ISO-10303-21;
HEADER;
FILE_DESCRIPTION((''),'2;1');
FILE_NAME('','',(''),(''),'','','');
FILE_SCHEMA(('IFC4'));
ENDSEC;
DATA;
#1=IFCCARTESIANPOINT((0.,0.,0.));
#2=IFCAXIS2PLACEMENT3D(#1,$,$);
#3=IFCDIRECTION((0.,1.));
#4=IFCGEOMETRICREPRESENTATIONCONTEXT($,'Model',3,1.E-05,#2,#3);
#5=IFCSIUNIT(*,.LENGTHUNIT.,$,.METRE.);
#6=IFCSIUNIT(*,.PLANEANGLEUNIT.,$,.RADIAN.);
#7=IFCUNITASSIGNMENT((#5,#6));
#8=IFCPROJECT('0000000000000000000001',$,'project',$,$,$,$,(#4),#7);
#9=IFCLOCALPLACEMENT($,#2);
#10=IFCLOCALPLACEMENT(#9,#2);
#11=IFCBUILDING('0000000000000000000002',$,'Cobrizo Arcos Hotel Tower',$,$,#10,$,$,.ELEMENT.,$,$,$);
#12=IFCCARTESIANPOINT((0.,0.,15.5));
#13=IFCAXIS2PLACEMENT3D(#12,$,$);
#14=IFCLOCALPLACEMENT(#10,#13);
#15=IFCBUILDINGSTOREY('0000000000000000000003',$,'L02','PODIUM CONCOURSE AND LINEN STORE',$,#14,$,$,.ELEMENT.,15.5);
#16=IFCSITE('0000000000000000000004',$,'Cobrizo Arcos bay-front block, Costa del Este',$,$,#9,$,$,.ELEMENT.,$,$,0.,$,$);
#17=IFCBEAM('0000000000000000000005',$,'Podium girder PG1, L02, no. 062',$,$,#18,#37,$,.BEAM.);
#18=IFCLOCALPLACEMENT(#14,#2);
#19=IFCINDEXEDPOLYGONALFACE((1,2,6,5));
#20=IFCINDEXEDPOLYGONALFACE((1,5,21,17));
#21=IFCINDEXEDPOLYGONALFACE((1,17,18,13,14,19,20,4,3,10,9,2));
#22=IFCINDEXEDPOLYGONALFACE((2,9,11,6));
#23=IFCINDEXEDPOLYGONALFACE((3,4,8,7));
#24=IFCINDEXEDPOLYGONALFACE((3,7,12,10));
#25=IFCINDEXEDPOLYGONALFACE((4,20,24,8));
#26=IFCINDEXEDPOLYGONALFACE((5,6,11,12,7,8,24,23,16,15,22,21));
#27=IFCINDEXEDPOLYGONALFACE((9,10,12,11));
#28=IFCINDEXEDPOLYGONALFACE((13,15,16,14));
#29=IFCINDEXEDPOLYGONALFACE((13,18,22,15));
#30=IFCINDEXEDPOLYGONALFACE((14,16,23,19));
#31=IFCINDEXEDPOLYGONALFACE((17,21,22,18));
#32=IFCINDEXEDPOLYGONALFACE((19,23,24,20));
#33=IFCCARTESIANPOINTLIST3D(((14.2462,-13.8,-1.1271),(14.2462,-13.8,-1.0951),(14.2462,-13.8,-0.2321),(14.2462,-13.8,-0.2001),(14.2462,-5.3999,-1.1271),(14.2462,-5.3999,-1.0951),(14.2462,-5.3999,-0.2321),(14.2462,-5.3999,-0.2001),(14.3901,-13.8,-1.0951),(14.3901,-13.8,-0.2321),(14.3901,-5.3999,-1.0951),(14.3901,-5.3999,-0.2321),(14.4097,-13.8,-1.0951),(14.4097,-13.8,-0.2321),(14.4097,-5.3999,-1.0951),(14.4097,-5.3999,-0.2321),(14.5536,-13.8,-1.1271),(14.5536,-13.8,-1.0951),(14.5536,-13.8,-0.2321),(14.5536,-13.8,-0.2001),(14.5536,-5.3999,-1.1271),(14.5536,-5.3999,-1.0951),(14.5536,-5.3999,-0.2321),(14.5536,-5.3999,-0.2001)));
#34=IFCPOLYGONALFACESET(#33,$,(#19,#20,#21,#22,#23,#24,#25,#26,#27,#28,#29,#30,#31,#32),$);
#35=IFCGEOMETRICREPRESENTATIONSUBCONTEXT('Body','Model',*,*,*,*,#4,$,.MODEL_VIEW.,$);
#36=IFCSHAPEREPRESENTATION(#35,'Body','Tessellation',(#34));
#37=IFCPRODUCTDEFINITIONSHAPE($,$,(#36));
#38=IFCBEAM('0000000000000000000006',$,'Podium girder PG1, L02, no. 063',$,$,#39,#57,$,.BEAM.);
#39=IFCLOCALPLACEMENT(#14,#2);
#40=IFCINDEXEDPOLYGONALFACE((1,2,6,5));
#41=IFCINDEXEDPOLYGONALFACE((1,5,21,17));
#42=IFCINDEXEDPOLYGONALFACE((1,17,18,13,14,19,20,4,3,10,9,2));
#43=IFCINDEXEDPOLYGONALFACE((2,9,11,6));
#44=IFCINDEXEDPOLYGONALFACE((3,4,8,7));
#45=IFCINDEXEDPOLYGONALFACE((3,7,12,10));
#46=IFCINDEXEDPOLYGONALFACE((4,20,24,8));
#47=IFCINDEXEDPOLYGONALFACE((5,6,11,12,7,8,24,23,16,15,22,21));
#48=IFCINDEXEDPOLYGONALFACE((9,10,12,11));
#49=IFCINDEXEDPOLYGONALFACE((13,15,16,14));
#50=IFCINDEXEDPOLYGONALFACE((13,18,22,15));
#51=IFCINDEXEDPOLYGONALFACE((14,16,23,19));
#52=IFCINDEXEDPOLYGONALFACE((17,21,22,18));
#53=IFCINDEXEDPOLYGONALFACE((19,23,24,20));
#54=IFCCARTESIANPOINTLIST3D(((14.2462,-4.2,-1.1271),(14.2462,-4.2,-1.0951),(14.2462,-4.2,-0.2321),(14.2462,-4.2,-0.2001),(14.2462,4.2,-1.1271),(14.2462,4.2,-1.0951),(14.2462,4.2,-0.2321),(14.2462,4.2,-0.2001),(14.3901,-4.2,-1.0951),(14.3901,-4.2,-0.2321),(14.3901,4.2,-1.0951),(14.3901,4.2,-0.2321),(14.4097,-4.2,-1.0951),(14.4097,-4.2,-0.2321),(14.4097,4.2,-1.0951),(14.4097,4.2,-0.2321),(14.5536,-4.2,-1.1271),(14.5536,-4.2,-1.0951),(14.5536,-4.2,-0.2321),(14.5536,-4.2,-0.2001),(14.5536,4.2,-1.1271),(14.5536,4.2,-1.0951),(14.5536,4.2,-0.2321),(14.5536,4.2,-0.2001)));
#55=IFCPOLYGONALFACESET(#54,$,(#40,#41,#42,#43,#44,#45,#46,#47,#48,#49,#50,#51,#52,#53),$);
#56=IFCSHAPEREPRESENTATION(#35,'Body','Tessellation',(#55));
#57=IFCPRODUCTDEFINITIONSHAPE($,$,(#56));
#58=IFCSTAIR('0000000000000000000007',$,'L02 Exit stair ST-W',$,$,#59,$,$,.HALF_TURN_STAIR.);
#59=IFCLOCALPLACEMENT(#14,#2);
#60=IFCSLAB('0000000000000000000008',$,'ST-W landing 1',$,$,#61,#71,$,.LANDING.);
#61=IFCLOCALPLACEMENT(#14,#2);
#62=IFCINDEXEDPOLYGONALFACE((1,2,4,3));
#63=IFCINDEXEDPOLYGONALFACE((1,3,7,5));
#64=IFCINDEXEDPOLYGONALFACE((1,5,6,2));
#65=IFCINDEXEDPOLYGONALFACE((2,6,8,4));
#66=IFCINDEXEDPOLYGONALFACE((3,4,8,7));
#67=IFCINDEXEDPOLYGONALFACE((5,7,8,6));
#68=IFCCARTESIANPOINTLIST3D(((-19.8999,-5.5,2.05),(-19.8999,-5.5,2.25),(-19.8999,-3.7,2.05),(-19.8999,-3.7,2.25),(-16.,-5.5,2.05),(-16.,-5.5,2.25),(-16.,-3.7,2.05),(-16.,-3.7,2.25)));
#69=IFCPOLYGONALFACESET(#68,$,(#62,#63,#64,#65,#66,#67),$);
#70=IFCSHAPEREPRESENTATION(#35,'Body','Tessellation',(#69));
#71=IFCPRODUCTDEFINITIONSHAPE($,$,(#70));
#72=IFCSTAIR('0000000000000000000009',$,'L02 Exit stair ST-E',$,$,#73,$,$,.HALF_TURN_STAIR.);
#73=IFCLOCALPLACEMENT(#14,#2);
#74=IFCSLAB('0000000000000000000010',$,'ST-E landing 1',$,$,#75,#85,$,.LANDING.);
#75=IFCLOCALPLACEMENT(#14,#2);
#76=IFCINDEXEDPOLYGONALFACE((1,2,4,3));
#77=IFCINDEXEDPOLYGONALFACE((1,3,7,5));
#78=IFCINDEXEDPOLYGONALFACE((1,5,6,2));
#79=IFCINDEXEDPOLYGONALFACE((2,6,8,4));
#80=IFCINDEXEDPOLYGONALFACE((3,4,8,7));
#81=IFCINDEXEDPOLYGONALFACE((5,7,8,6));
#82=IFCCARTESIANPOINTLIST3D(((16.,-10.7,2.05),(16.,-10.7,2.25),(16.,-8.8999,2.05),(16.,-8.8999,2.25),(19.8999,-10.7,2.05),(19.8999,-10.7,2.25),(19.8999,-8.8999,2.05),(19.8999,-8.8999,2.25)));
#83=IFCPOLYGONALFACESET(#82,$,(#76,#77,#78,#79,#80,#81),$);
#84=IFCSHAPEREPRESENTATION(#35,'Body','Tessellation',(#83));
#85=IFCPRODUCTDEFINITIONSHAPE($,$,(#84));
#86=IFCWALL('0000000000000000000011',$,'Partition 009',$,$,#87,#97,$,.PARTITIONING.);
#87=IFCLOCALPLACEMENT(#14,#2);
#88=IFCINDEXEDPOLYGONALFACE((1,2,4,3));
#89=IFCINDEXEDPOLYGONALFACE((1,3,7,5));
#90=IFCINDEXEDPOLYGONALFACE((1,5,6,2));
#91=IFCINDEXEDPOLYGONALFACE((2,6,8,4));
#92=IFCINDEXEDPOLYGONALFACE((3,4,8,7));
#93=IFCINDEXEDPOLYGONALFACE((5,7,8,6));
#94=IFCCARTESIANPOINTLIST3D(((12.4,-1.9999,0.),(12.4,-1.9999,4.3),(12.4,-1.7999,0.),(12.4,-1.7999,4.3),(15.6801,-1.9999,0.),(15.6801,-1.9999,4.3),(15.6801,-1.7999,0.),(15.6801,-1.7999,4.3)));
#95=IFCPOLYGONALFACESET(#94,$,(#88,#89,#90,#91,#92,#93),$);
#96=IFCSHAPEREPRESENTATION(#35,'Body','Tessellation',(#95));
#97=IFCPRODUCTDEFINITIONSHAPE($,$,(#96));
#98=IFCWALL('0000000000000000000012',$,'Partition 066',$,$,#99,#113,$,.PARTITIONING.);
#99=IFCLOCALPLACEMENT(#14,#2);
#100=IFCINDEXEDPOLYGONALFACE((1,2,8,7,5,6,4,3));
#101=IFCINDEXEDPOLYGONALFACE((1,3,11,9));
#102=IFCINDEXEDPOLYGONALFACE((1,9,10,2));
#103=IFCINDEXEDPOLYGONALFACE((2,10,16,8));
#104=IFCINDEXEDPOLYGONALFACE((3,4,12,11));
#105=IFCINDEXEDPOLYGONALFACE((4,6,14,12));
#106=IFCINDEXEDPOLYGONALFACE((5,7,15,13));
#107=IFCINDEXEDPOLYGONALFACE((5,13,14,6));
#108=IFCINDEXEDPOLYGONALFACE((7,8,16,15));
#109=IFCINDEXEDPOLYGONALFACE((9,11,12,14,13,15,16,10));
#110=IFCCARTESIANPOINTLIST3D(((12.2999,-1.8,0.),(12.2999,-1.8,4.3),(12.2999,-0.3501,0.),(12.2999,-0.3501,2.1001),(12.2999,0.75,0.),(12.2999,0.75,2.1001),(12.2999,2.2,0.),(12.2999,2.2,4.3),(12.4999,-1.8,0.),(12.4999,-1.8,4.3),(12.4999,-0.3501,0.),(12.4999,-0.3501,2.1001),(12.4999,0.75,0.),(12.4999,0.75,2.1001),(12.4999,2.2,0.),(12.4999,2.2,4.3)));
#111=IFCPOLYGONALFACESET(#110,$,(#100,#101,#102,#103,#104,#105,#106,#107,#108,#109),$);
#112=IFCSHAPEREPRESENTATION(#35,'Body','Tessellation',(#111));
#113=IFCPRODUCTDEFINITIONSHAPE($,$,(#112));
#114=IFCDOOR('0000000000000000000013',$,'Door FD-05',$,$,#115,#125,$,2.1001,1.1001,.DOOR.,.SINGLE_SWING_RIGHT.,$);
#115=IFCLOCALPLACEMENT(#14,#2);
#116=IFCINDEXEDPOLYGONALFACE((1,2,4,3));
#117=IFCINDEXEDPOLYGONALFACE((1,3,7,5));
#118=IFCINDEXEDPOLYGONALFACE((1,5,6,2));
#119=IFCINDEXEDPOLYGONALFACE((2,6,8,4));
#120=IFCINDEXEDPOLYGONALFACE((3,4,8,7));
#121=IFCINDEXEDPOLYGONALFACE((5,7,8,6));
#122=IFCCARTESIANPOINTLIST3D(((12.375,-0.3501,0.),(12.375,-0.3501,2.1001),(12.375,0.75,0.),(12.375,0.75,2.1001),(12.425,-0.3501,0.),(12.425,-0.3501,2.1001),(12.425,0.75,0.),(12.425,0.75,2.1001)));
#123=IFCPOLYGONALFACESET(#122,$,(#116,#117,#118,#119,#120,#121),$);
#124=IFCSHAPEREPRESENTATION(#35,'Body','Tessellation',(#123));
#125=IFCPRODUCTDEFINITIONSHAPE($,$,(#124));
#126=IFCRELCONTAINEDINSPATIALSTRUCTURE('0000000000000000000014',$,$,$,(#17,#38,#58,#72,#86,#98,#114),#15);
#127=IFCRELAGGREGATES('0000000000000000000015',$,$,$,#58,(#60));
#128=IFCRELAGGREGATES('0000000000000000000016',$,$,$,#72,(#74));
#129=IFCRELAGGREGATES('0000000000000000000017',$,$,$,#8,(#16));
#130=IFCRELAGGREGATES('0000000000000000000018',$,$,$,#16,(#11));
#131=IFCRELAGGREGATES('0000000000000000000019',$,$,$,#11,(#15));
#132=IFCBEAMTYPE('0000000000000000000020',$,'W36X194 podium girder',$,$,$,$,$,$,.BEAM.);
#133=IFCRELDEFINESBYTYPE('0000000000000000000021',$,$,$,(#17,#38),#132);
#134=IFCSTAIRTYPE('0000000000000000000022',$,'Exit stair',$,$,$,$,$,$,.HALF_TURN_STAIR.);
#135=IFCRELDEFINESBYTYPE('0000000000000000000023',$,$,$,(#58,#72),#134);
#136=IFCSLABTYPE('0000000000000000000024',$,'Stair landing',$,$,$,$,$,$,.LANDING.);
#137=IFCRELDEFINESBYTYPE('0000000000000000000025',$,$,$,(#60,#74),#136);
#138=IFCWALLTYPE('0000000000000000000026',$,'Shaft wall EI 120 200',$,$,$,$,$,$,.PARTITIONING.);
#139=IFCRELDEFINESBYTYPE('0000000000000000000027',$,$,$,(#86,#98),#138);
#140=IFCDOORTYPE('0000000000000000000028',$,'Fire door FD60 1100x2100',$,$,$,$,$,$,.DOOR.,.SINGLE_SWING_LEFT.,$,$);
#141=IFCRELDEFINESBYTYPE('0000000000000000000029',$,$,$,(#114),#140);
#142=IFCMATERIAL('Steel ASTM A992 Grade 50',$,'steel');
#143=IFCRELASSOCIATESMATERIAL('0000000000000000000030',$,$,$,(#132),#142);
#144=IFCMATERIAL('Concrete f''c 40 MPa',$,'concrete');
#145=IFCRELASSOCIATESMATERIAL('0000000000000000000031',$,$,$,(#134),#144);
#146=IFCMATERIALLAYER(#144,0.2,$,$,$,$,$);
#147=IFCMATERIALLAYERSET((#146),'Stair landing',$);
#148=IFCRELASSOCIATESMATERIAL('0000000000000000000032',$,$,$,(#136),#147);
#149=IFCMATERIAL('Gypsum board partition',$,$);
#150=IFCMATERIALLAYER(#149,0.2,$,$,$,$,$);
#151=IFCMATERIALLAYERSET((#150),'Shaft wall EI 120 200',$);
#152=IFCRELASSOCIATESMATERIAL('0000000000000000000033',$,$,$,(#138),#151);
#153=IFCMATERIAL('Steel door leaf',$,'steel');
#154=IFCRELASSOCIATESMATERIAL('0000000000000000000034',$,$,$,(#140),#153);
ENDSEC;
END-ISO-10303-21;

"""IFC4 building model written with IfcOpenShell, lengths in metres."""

from ifc_helpers import new_model, si_unit, direction, frame, frame_2d, origin, origin_2d, place, context, subcontext, project, spatial, polyline, rectangle, i_section, outline, extrude, material, layer, layer_set, material_profile, profile_set, type_object, element, fill, aggregate, save


model = new_model("IFC4")

# Units and contexts
model_context = context("Model", 3, precision=1e-05, world=origin(), true_north=direction((0.0, 1.0)))
body_context = subcontext(model_context, "Body", "Model", "MODEL_VIEW")
ifc_project = project(units=[si_unit("LENGTHUNIT", "METRE"), si_unit("PLANEANGLEUNIT", "RADIAN")], contexts=[model_context])

# Site, building, storey
site_placement = place(None, origin())
site = spatial("IfcSite", under=ifc_project, at=site_placement, Name="Cobrizo Arcos bay-front block, Costa del Este", CompositionType="ELEMENT", RefElevation=0.0)
building_placement = place(site_placement, origin())
building = spatial("IfcBuilding", under=site, at=building_placement, Name="Cobrizo Arcos Hotel Tower", CompositionType="ELEMENT")
storey_placement = place(building_placement, frame((0.0, 0.0, 15.5)))
storey = spatial("IfcBuildingStorey", under=building, at=storey_placement, Name="L02", Description="PODIUM CONCOURSE AND LINEN STORE", CompositionType="ELEMENT", Elevation=15.5)

# Beams
ifc_material_1 = material(Name="Steel ASTM A992 Grade 50", Category="steel")
ifc_material_profile_1 = material_profile(ifc_material_1, i_section(OverallWidth=0.3074, OverallDepth=0.927, WebThickness=0.0195, FlangeThickness=0.032, at=origin_2d()), Name="W36X194")
ifc_profile_set_1 = profile_set([ifc_material_profile_1], Name="Steel ASTM A992 Grade 50")
beam_type_1 = type_object("IfcBeamType", Name="W36X194 podium girder", PredefinedType="BEAM", material=ifc_profile_set_1)
beam_1_placement = place(storey_placement, frame((14.3999, -13.8, -0.6636), z_axis=(0.0, 1.0, 0.0), x_axis=(-1.0, 0.0, 0.0)))
element("IfcBeam", 1, at=beam_1_placement, inside=storey, type_object=beam_type_1, Name="Podium girder PG1, L02, no. 062", PredefinedType="BEAM", context=body_context, shape_type="SweptSolid", body=[
    extrude(i_section(OverallWidth=0.3074, OverallDepth=0.927, WebThickness=0.0195, FlangeThickness=0.032, at=origin_2d()), origin(), (0.0, 0.0, 1.0), 8.4001),
])
beam_2_placement = place(storey_placement, frame((14.3999, -4.2, -0.6636), z_axis=(0.0, 1.0, 0.0), x_axis=(-1.0, 0.0, 0.0)))
element("IfcBeam", 2, at=beam_2_placement, inside=storey, type_object=beam_type_1, Name="Podium girder PG1, L02, no. 063", PredefinedType="BEAM", context=body_context, shape_type="SweptSolid", body=[
    extrude(i_section(OverallWidth=0.3074, OverallDepth=0.927, WebThickness=0.0195, FlangeThickness=0.032, at=origin_2d()), origin(), (0.0, 0.0, 1.0), 8.3999),
])

# Stairs, slabs
ifc_material_2 = material(Name="Concrete f'c 40 MPa", Category="concrete")
stair_type = type_object("IfcStairType", Name="Exit stair", PredefinedType="HALF_TURN_STAIR", material=ifc_material_2)
stair_1_placement = place(storey_placement, origin())
stair_1 = element("IfcStair", 3, at=stair_1_placement, inside=storey, type_object=stair_type, Name="L02 Exit stair ST-W", PredefinedType="HALF_TURN_STAIR")
ifc_layer_1 = layer(ifc_material_2, 0.2)
ifc_layer_set_1 = layer_set([ifc_layer_1], Name="Stair landing")
slab_type = type_object("IfcSlabType", Name="Stair landing", PredefinedType="LANDING", material=ifc_layer_set_1)
slab_1_placement = place(storey_placement, frame((0.0, 0.0, 2.05)))
slab_1 = element("IfcSlab", 4, at=slab_1_placement, type_object=slab_type, Name="ST-W landing 1", PredefinedType="LANDING", context=body_context, shape_type="SweptSolid", body=[
    extrude(outline(polyline([(-16.0, -5.5), (-16.0, -3.7), (-19.8999, -3.7), (-19.8999, -5.5), (-16.0, -5.5)])), origin(), (0.0, 0.0, 1.0), 0.2),
])
aggregate(stair_1, [slab_1])
stair_2_placement = place(storey_placement, origin())
stair_2 = element("IfcStair", 5, at=stair_2_placement, inside=storey, type_object=stair_type, Name="L02 Exit stair ST-E", PredefinedType="HALF_TURN_STAIR")
slab_2_placement = place(storey_placement, frame((0.0, 0.0, 2.05)))
slab_2 = element("IfcSlab", 6, at=slab_2_placement, type_object=slab_type, Name="ST-E landing 1", PredefinedType="LANDING", context=body_context, shape_type="SweptSolid", body=[
    extrude(outline(polyline([(16.0, -8.8999), (16.0, -10.7), (19.8999, -10.7), (19.8999, -8.8999), (16.0, -8.8999)])), origin(), (0.0, 0.0, 1.0), 0.2),
])
aggregate(stair_2, [slab_2])

# Wall
ifc_material_3 = material(Name="Gypsum board partition")
ifc_layer_2 = layer(ifc_material_3, 0.2)
ifc_layer_set_2 = layer_set([ifc_layer_2], Name="Shaft wall EI 120 200")
wall_type = type_object("IfcWallType", Name="Shaft wall EI 120 200", PredefinedType="PARTITIONING", material=ifc_layer_set_2)
wall_1_placement = place(storey_placement, frame((12.3999, -1.8999, 0.0), z_axis=(0.0, 0.0, 1.0), x_axis=(1.0, 0.0, 0.0)))
element("IfcWall", 7, at=wall_1_placement, inside=storey, type_object=wall_type, Name="Partition 009", PredefinedType="PARTITIONING", context=body_context, shape_type="SweptSolid", body=[
    extrude(rectangle(XDim=3.28, YDim=0.2, at=frame_2d((1.6401, 0.0))), origin(), (0.0, 0.0, 1.0), 4.3),
])

# Wall, opening, door
wall_2_placement = place(storey_placement, frame((12.3999, -1.8, 0.0), z_axis=(0.0, 0.0, 1.0), x_axis=(0.0, 1.0, 0.0)))
wall_2 = element("IfcWall", 8, at=wall_2_placement, inside=storey, type_object=wall_type, Name="Partition 066", PredefinedType="PARTITIONING", context=body_context, shape_type="SweptSolid", body=[
    extrude(rectangle(XDim=4.0, YDim=0.2, at=frame_2d((2.0, 0.0))), origin(), (0.0, 0.0, 1.0), 4.3),
])
opening_placement = place(wall_2_placement, frame((1.45, 0.0, 0.0)))
opening = element("IfcOpeningElement", 9, at=opening_placement, cuts=wall_2, PredefinedType="OPENING", context=body_context, shape_type="SweptSolid", body=[
    extrude(rectangle(XDim=1.1001, YDim=2.1001, at=frame_2d((0.55, 1.05))), frame((0.0, 0.1121, 0.0), z_axis=(0.0, -1.0, 0.0), x_axis=(1.0, 0.0, 0.0)), (0.0, 0.0, 1.0), 0.2239),
])
ifc_material_4 = material(Name="Steel door leaf", Category="steel")
door_type = type_object("IfcDoorType", Name="Fire door FD60 1100x2100", OperationType="SINGLE_SWING_LEFT", PredefinedType="DOOR", material=ifc_material_4)
door_placement = place(opening_placement, origin())
door = element("IfcDoor", 10, at=door_placement, inside=storey, type_object=door_type, Name="Door FD-05", OperationType="SINGLE_SWING_RIGHT", OverallHeight=2.1001, OverallWidth=1.1001, PredefinedType="DOOR", context=body_context, shape_type="SweptSolid", body=[
    extrude(rectangle(XDim=1.1001, YDim=2.1001, at=frame_2d((0.55, 1.05))), frame((0.0, 0.0249, 0.0), z_axis=(0.0, -1.0, 0.0), x_axis=(1.0, 0.0, 0.0)), (0.0, 0.0, 1.0), 0.05),
])
fill(opening, door)

save(model, "model.ifc")
